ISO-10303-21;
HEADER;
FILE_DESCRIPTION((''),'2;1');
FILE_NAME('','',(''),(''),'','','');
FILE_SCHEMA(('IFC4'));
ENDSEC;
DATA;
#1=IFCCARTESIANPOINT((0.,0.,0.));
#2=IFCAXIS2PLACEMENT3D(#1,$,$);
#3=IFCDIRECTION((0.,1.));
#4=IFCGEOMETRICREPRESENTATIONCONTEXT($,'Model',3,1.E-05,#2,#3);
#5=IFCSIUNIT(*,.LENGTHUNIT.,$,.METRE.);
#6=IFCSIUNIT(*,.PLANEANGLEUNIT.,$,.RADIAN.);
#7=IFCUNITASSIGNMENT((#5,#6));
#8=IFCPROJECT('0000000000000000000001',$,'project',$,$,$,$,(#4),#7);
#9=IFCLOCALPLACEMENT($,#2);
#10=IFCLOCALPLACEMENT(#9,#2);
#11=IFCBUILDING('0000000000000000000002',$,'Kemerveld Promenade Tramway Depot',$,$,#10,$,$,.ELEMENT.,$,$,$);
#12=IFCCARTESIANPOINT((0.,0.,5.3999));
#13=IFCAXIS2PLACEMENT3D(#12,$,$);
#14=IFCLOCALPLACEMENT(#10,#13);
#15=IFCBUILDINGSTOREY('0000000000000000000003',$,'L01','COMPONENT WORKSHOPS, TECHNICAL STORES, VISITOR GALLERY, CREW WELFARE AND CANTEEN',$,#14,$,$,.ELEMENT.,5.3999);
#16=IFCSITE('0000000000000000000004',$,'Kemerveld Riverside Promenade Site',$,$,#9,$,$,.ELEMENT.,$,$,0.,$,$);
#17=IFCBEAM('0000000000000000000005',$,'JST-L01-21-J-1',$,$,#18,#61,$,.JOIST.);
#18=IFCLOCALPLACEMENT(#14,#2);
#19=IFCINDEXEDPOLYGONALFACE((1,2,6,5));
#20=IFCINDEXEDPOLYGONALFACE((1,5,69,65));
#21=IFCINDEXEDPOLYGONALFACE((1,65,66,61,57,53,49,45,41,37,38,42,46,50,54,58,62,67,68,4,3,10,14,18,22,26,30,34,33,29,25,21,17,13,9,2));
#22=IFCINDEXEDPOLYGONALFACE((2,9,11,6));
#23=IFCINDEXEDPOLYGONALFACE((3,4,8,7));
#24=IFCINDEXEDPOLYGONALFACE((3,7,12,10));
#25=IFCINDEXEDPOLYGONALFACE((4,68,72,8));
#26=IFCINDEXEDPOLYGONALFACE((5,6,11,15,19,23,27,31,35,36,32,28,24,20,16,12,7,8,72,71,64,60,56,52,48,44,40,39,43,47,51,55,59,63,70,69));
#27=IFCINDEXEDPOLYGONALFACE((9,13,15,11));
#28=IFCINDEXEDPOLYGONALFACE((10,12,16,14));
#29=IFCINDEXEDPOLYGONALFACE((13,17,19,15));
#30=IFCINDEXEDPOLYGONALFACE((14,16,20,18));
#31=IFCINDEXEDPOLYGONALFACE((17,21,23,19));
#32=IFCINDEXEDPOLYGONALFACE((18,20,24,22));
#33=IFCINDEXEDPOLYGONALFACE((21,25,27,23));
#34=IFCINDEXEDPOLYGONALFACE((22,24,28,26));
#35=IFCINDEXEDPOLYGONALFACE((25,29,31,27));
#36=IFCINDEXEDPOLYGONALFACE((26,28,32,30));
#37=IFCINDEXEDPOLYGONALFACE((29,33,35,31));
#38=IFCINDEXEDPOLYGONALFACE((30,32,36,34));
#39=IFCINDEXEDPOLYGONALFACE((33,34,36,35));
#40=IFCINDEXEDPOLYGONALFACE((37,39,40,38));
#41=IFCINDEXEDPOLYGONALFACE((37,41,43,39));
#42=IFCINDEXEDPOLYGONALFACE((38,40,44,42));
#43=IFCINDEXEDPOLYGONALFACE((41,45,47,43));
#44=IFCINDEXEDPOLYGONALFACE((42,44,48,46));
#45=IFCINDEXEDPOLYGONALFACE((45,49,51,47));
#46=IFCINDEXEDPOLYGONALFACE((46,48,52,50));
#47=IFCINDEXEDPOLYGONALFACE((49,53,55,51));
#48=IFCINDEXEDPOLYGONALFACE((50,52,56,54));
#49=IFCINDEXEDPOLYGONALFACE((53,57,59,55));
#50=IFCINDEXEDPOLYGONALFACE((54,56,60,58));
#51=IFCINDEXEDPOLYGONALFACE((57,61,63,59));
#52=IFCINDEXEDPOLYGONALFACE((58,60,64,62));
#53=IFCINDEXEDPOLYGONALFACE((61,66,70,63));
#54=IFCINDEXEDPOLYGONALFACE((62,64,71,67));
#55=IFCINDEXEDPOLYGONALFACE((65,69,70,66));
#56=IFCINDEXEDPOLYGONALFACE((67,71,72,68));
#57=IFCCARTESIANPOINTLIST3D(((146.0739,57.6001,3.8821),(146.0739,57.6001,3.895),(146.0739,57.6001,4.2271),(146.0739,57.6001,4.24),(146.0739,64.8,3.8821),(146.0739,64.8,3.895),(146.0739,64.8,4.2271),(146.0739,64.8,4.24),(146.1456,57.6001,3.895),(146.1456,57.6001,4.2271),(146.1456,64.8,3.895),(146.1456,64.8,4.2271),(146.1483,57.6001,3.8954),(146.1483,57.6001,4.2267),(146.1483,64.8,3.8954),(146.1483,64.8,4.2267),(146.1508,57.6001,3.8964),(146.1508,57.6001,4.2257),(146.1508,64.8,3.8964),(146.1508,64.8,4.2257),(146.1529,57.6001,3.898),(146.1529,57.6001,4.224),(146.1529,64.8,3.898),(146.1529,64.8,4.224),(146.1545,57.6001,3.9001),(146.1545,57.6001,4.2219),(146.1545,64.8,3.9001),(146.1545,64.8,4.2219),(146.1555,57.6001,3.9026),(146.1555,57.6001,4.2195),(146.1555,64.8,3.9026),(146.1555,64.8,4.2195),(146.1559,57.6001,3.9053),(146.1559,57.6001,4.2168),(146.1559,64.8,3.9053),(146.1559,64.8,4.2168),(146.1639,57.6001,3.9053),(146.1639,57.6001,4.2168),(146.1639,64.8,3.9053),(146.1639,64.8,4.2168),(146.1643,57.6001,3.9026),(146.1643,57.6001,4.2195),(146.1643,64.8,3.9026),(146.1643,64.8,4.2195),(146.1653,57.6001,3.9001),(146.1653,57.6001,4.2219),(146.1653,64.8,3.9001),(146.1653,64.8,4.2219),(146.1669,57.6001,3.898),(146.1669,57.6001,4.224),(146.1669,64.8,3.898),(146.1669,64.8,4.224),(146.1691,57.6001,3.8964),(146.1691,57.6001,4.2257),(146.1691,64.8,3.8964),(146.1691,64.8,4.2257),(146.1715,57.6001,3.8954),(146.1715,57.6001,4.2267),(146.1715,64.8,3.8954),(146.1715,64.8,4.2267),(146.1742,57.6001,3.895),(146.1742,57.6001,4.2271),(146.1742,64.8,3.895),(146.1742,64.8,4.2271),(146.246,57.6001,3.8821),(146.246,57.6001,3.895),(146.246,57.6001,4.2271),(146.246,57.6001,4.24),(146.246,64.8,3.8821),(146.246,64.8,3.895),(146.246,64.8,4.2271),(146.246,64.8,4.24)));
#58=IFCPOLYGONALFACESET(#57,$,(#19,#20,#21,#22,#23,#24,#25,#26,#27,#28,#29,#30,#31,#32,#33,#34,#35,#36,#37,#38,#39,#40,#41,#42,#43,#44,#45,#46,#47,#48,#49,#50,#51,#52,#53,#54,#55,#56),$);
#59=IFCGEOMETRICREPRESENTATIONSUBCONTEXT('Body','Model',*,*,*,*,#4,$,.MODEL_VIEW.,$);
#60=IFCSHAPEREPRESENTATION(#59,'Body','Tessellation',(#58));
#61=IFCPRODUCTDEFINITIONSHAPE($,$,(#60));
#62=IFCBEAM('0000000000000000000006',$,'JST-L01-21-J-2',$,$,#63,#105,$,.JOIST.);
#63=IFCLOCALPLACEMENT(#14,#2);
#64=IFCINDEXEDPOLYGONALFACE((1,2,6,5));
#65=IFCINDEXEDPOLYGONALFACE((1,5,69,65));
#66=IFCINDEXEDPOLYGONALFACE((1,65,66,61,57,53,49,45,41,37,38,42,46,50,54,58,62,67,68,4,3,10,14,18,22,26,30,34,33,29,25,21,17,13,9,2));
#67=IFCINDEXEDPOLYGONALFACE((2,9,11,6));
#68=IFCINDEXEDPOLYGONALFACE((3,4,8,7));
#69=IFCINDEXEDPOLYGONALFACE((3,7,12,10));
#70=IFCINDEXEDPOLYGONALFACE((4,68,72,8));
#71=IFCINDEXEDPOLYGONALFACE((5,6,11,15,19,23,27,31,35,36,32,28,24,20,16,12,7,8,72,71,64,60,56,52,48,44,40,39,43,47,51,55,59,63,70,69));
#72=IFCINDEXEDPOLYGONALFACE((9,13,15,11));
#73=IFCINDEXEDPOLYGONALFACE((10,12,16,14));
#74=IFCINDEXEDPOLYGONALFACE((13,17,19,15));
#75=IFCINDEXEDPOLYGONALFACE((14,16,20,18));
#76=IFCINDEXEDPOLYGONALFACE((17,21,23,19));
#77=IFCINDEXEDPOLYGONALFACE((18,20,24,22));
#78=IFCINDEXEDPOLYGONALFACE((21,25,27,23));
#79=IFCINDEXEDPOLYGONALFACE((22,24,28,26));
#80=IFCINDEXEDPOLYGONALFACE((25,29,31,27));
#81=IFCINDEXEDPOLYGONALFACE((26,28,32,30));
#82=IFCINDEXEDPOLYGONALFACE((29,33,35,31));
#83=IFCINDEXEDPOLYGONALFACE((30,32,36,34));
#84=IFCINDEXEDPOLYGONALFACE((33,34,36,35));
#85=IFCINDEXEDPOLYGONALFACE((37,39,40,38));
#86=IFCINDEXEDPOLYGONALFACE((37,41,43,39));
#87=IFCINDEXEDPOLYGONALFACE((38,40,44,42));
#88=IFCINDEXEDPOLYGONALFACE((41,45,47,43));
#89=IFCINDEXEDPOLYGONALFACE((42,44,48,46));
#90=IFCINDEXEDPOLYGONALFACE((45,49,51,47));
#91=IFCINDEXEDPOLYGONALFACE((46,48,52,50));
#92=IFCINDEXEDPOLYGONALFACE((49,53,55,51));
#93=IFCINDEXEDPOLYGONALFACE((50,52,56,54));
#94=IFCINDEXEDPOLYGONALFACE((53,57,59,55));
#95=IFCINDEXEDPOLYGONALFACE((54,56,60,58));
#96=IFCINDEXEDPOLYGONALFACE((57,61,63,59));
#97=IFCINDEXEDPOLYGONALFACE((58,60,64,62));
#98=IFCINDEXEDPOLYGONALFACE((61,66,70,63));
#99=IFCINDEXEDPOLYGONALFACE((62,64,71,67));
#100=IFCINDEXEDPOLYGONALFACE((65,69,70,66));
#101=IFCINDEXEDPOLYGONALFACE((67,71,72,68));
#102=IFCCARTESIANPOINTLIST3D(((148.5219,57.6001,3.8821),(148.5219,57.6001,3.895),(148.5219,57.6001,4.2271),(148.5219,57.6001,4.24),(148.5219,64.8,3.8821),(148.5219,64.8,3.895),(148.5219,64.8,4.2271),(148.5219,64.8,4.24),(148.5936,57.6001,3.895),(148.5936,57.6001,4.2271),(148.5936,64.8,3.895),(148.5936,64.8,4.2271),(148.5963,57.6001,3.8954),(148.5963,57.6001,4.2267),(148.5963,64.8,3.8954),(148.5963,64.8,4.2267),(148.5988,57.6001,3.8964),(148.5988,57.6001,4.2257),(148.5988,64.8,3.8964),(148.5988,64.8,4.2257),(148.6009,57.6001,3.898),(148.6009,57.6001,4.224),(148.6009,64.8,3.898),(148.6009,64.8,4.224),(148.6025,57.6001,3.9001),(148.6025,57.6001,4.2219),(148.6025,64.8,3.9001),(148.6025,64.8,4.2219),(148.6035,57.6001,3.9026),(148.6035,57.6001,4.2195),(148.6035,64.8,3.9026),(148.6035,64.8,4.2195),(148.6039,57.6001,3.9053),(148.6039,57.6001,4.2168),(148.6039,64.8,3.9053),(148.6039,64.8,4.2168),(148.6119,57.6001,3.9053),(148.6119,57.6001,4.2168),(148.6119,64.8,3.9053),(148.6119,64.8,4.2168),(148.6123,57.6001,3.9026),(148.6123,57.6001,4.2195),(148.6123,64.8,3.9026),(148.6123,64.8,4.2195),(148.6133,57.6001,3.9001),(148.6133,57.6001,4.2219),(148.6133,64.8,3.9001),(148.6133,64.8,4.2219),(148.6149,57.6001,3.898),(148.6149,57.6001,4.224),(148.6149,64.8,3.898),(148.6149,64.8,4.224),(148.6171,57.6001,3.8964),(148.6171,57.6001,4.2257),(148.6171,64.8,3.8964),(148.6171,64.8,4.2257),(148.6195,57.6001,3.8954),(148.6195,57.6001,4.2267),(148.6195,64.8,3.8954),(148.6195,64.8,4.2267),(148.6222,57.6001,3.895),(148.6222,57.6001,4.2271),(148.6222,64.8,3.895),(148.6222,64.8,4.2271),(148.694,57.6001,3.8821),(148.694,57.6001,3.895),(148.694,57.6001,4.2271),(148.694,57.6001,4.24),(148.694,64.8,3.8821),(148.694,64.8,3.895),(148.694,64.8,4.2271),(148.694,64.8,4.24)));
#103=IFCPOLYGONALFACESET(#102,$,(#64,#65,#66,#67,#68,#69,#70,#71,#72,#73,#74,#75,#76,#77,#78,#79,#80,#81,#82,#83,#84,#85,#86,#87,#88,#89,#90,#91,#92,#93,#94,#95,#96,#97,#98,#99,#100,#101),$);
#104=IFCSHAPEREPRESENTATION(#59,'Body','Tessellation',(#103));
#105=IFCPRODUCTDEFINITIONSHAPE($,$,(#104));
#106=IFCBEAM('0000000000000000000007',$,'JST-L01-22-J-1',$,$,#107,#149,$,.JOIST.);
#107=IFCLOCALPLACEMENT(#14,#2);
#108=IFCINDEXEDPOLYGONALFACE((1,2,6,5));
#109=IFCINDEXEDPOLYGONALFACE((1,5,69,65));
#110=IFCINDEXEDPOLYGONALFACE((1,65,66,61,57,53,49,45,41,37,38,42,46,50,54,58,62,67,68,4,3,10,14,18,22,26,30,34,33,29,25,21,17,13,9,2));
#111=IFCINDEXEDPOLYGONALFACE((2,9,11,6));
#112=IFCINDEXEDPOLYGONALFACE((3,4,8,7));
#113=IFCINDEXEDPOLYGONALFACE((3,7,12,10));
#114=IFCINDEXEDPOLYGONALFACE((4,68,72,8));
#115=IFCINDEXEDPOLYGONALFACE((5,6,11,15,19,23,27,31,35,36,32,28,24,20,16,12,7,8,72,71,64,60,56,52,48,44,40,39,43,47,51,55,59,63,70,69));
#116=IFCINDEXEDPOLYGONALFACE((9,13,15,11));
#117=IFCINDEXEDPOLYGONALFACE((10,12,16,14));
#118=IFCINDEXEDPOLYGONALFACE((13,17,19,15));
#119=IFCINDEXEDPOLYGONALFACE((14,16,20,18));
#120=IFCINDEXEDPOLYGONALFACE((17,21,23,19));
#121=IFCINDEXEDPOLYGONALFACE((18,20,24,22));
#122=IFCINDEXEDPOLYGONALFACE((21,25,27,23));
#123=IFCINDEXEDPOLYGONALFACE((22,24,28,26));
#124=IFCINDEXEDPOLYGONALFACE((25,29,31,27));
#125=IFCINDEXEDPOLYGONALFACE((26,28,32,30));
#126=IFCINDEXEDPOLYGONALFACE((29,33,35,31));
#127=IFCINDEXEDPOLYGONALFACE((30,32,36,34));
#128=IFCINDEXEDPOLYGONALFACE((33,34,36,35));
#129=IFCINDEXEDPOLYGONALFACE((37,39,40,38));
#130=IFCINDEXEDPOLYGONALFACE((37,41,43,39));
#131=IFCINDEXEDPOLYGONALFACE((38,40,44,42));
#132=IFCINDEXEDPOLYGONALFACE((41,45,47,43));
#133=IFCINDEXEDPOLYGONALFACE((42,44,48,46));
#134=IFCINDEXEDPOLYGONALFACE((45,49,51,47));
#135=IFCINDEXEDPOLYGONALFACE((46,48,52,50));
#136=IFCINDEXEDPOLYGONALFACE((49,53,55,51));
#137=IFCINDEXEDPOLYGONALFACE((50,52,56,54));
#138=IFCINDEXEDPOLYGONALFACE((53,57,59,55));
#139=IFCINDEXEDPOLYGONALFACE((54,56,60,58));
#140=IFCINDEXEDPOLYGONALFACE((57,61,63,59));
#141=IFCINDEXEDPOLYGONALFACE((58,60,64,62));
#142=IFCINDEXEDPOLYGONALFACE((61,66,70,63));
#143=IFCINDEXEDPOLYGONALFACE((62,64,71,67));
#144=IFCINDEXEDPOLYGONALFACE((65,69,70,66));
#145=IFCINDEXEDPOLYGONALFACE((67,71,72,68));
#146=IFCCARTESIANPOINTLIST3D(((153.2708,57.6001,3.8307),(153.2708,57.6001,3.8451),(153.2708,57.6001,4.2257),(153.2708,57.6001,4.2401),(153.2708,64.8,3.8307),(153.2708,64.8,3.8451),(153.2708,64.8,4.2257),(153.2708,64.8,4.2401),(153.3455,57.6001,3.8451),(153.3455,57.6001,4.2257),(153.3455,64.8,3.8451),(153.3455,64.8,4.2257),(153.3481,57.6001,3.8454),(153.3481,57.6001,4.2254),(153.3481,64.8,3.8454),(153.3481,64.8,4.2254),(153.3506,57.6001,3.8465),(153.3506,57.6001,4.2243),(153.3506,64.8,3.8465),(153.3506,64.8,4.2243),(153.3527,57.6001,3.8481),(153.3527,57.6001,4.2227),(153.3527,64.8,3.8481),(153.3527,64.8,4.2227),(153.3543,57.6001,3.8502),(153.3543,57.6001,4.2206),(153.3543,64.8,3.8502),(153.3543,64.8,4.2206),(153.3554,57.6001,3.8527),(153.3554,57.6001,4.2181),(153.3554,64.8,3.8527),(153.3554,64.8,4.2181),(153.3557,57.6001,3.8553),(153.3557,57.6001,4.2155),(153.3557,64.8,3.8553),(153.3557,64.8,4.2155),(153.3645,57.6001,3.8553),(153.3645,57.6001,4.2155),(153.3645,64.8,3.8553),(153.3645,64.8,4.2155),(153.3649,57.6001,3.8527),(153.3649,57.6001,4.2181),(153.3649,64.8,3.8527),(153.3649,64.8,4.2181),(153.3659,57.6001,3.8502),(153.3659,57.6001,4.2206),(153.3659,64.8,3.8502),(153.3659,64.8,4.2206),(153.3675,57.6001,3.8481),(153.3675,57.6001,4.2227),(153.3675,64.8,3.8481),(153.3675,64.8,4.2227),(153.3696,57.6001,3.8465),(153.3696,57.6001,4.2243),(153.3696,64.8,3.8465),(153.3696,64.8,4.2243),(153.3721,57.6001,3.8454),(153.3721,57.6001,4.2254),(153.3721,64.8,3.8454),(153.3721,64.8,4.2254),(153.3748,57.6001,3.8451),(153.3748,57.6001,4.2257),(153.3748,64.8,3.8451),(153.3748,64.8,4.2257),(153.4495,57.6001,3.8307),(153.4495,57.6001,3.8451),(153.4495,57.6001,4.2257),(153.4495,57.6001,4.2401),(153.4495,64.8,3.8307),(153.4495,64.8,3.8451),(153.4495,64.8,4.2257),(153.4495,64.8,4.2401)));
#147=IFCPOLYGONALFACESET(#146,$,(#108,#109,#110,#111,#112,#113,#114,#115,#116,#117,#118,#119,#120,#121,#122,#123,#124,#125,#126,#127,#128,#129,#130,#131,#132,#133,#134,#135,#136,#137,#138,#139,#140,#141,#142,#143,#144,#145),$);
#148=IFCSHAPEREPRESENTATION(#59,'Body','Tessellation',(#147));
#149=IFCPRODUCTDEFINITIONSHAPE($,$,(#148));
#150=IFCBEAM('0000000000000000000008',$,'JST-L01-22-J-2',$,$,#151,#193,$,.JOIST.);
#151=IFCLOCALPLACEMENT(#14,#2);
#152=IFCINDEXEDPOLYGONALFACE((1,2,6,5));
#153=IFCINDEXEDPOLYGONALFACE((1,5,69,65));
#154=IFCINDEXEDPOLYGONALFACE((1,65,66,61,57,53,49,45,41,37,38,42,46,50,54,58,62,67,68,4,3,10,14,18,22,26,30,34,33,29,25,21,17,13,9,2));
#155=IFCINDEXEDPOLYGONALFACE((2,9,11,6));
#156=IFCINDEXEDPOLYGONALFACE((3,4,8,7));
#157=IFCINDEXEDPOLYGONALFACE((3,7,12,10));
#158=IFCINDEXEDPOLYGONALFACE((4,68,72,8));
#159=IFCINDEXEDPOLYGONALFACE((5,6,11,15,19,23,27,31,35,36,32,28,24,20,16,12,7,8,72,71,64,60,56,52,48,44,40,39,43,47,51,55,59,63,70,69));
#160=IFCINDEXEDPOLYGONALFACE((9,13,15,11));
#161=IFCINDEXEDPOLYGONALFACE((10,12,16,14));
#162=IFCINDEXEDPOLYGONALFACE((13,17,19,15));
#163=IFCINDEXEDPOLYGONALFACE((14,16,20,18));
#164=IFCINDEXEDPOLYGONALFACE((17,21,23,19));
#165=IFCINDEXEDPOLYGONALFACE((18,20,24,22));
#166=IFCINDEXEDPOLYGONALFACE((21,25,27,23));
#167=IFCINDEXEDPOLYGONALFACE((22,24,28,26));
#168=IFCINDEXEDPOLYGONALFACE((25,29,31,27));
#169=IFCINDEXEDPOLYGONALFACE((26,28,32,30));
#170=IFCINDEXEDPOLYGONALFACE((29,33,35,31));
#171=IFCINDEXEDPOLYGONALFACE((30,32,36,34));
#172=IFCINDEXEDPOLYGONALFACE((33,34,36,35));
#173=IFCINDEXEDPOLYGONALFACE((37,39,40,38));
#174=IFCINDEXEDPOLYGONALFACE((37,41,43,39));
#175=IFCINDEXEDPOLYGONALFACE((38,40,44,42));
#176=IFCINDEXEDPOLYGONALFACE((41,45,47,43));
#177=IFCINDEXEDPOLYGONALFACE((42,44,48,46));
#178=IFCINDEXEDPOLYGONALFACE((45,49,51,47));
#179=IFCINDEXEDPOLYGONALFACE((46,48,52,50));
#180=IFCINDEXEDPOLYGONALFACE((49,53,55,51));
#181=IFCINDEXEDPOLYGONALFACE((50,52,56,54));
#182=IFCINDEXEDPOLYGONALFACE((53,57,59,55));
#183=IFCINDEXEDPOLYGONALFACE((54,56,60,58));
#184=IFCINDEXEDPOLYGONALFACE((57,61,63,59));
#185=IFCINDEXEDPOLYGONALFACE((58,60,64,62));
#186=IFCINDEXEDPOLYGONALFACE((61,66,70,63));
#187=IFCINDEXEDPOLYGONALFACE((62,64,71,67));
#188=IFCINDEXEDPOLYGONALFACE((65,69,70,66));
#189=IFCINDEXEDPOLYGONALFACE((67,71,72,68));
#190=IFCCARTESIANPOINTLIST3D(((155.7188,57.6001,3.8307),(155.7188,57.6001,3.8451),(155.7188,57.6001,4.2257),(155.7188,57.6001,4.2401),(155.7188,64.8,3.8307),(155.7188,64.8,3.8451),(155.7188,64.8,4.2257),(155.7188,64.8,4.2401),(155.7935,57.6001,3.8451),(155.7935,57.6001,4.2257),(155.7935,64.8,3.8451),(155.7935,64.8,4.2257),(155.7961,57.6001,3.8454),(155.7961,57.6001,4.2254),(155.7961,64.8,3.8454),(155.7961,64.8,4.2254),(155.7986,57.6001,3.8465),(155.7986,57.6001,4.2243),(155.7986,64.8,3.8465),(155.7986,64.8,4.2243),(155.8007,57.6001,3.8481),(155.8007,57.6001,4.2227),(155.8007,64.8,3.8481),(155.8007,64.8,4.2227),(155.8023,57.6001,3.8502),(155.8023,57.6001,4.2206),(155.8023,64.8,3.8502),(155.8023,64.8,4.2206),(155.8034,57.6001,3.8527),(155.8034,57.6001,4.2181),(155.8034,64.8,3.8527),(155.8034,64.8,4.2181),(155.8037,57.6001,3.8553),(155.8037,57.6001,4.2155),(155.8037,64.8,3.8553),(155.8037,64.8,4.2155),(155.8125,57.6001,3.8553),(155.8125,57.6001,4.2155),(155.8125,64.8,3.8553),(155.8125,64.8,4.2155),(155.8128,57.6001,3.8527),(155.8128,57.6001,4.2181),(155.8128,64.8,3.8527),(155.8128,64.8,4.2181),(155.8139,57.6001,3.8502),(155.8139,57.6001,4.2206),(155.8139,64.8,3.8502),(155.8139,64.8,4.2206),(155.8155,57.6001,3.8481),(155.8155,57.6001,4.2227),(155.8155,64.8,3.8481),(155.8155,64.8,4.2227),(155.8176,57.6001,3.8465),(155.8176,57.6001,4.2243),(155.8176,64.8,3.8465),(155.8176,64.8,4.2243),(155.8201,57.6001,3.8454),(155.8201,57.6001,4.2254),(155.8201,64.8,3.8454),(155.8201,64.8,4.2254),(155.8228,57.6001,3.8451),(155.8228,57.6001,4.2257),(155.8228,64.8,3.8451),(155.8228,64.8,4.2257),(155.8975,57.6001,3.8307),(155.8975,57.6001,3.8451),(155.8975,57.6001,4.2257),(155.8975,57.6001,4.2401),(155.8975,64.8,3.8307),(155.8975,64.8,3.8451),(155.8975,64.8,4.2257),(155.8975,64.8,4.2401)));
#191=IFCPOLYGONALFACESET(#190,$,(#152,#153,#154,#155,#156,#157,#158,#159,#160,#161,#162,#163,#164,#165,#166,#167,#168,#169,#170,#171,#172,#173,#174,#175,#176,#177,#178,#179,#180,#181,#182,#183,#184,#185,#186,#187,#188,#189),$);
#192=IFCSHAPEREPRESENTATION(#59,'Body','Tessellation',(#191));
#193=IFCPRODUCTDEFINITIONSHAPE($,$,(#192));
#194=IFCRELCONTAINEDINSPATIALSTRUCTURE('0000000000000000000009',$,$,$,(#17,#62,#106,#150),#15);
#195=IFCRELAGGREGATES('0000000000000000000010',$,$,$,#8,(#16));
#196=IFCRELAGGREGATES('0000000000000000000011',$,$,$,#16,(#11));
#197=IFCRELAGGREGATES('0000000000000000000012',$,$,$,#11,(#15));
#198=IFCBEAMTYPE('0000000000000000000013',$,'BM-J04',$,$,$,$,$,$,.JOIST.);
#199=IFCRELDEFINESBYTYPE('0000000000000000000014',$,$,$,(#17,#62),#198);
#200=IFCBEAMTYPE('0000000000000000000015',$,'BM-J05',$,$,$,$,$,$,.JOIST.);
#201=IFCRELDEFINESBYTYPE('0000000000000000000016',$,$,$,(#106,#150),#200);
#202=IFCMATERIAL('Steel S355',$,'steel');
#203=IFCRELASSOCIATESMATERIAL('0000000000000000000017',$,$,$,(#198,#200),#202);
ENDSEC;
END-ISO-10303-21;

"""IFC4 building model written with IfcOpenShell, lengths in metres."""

from ifc_helpers import new_model, si_unit, direction, frame, origin, origin_2d, place, context, subcontext, project, spatial, i_section, extrude, material, material_profile, profile_set, type_object, element, save


model = new_model("IFC4")

# Units and contexts
model_context = context("Model", 3, precision=1e-05, world=origin(), true_north=direction((0.0, 1.0)))
body_context = subcontext(model_context, "Body", "Model", "MODEL_VIEW")
ifc_project = project(units=[si_unit("LENGTHUNIT", "METRE"), si_unit("PLANEANGLEUNIT", "RADIAN")], contexts=[model_context])

# Site, building, storey
site_placement = place(None, origin())
site = spatial("IfcSite", under=ifc_project, at=site_placement, Name="Kemerveld Riverside Promenade Site", CompositionType="ELEMENT", RefElevation=0.0)
building_placement = place(site_placement, origin())
building = spatial("IfcBuilding", under=site, at=building_placement, Name="Kemerveld Promenade Tramway Depot", CompositionType="ELEMENT")
storey_placement = place(building_placement, frame((0.0, 0.0, 5.3999)))
storey = spatial("IfcBuildingStorey", under=building, at=storey_placement, Name="L01", Description="COMPONENT WORKSHOPS, TECHNICAL STORES, VISITOR GALLERY, CREW WELFARE AND CANTEEN", CompositionType="ELEMENT", Elevation=5.3999)

# Shared definitions
ifc_material_1 = material(Name="Steel S355", Category="steel")

# Beams
ifc_material_profile_1 = material_profile(ifc_material_1, i_section(OverallWidth=0.1721, OverallDepth=0.3579, WebThickness=0.0081, FlangeThickness=0.0129, FilletRadius=0.0103, at=origin_2d()), Name="356x171x57 UB")
ifc_profile_set_1 = profile_set([ifc_material_profile_1], Name="Steel S355")
beam_type_1 = type_object("IfcBeamType", Name="BM-J04", PredefinedType="JOIST", material=ifc_profile_set_1)
for number, where, z_axis, x_axis, name in (
    (1, (146.1599, 57.6001, 4.061), (0.0, 1.0, 0.0), (-1.0, 0.0, 0.0), "JST-L01-21-J-1"),
    (2, (148.6079, 57.6001, 4.061), (0.0, 1.0, 0.0), (-1.0, 0.0, 0.0), "JST-L01-21-J-2"),
):
    element("IfcBeam", number, at=place(storey_placement, frame(where, z_axis=z_axis, x_axis=x_axis)), inside=storey, type_object=beam_type_1, Name=name, PredefinedType="JOIST", context=body_context, shape_type="SweptSolid", body=[
        extrude(i_section(OverallWidth=0.1721, OverallDepth=0.3579, WebThickness=0.0081, FlangeThickness=0.0129, FilletRadius=0.0103, at=origin_2d()), origin(), (0.0, 0.0, 1.0), 7.2),
    ])
ifc_material_profile_2 = material_profile(ifc_material_1, i_section(OverallWidth=0.1787, OverallDepth=0.4094, WebThickness=0.0088, FlangeThickness=0.0144, FilletRadius=0.0103, at=origin_2d()), Name="406x178x67 UB")
ifc_profile_set_2 = profile_set([ifc_material_profile_2], Name="Steel S355")
beam_type_2 = type_object("IfcBeamType", Name="BM-J05", PredefinedType="JOIST", material=ifc_profile_set_2)
for number, where, z_axis, x_axis, name in (
    (3, (153.3601, 57.6001, 4.0354), (0.0, 1.0, 0.0), (-1.0, 0.0, 0.0), "JST-L01-22-J-1"),
    (4, (155.8081, 57.6001, 4.0354), (0.0, 1.0, 0.0), (-1.0, 0.0, 0.0), "JST-L01-22-J-2"),
):
    element("IfcBeam", number, at=place(storey_placement, frame(where, z_axis=z_axis, x_axis=x_axis)), inside=storey, type_object=beam_type_2, Name=name, PredefinedType="JOIST", context=body_context, shape_type="SweptSolid", body=[
        extrude(i_section(OverallWidth=0.1787, OverallDepth=0.4094, WebThickness=0.0088, FlangeThickness=0.0144, FilletRadius=0.0103, at=origin_2d()), origin(), (0.0, 0.0, 1.0), 7.2),
    ])

save(model, "model.ifc")
